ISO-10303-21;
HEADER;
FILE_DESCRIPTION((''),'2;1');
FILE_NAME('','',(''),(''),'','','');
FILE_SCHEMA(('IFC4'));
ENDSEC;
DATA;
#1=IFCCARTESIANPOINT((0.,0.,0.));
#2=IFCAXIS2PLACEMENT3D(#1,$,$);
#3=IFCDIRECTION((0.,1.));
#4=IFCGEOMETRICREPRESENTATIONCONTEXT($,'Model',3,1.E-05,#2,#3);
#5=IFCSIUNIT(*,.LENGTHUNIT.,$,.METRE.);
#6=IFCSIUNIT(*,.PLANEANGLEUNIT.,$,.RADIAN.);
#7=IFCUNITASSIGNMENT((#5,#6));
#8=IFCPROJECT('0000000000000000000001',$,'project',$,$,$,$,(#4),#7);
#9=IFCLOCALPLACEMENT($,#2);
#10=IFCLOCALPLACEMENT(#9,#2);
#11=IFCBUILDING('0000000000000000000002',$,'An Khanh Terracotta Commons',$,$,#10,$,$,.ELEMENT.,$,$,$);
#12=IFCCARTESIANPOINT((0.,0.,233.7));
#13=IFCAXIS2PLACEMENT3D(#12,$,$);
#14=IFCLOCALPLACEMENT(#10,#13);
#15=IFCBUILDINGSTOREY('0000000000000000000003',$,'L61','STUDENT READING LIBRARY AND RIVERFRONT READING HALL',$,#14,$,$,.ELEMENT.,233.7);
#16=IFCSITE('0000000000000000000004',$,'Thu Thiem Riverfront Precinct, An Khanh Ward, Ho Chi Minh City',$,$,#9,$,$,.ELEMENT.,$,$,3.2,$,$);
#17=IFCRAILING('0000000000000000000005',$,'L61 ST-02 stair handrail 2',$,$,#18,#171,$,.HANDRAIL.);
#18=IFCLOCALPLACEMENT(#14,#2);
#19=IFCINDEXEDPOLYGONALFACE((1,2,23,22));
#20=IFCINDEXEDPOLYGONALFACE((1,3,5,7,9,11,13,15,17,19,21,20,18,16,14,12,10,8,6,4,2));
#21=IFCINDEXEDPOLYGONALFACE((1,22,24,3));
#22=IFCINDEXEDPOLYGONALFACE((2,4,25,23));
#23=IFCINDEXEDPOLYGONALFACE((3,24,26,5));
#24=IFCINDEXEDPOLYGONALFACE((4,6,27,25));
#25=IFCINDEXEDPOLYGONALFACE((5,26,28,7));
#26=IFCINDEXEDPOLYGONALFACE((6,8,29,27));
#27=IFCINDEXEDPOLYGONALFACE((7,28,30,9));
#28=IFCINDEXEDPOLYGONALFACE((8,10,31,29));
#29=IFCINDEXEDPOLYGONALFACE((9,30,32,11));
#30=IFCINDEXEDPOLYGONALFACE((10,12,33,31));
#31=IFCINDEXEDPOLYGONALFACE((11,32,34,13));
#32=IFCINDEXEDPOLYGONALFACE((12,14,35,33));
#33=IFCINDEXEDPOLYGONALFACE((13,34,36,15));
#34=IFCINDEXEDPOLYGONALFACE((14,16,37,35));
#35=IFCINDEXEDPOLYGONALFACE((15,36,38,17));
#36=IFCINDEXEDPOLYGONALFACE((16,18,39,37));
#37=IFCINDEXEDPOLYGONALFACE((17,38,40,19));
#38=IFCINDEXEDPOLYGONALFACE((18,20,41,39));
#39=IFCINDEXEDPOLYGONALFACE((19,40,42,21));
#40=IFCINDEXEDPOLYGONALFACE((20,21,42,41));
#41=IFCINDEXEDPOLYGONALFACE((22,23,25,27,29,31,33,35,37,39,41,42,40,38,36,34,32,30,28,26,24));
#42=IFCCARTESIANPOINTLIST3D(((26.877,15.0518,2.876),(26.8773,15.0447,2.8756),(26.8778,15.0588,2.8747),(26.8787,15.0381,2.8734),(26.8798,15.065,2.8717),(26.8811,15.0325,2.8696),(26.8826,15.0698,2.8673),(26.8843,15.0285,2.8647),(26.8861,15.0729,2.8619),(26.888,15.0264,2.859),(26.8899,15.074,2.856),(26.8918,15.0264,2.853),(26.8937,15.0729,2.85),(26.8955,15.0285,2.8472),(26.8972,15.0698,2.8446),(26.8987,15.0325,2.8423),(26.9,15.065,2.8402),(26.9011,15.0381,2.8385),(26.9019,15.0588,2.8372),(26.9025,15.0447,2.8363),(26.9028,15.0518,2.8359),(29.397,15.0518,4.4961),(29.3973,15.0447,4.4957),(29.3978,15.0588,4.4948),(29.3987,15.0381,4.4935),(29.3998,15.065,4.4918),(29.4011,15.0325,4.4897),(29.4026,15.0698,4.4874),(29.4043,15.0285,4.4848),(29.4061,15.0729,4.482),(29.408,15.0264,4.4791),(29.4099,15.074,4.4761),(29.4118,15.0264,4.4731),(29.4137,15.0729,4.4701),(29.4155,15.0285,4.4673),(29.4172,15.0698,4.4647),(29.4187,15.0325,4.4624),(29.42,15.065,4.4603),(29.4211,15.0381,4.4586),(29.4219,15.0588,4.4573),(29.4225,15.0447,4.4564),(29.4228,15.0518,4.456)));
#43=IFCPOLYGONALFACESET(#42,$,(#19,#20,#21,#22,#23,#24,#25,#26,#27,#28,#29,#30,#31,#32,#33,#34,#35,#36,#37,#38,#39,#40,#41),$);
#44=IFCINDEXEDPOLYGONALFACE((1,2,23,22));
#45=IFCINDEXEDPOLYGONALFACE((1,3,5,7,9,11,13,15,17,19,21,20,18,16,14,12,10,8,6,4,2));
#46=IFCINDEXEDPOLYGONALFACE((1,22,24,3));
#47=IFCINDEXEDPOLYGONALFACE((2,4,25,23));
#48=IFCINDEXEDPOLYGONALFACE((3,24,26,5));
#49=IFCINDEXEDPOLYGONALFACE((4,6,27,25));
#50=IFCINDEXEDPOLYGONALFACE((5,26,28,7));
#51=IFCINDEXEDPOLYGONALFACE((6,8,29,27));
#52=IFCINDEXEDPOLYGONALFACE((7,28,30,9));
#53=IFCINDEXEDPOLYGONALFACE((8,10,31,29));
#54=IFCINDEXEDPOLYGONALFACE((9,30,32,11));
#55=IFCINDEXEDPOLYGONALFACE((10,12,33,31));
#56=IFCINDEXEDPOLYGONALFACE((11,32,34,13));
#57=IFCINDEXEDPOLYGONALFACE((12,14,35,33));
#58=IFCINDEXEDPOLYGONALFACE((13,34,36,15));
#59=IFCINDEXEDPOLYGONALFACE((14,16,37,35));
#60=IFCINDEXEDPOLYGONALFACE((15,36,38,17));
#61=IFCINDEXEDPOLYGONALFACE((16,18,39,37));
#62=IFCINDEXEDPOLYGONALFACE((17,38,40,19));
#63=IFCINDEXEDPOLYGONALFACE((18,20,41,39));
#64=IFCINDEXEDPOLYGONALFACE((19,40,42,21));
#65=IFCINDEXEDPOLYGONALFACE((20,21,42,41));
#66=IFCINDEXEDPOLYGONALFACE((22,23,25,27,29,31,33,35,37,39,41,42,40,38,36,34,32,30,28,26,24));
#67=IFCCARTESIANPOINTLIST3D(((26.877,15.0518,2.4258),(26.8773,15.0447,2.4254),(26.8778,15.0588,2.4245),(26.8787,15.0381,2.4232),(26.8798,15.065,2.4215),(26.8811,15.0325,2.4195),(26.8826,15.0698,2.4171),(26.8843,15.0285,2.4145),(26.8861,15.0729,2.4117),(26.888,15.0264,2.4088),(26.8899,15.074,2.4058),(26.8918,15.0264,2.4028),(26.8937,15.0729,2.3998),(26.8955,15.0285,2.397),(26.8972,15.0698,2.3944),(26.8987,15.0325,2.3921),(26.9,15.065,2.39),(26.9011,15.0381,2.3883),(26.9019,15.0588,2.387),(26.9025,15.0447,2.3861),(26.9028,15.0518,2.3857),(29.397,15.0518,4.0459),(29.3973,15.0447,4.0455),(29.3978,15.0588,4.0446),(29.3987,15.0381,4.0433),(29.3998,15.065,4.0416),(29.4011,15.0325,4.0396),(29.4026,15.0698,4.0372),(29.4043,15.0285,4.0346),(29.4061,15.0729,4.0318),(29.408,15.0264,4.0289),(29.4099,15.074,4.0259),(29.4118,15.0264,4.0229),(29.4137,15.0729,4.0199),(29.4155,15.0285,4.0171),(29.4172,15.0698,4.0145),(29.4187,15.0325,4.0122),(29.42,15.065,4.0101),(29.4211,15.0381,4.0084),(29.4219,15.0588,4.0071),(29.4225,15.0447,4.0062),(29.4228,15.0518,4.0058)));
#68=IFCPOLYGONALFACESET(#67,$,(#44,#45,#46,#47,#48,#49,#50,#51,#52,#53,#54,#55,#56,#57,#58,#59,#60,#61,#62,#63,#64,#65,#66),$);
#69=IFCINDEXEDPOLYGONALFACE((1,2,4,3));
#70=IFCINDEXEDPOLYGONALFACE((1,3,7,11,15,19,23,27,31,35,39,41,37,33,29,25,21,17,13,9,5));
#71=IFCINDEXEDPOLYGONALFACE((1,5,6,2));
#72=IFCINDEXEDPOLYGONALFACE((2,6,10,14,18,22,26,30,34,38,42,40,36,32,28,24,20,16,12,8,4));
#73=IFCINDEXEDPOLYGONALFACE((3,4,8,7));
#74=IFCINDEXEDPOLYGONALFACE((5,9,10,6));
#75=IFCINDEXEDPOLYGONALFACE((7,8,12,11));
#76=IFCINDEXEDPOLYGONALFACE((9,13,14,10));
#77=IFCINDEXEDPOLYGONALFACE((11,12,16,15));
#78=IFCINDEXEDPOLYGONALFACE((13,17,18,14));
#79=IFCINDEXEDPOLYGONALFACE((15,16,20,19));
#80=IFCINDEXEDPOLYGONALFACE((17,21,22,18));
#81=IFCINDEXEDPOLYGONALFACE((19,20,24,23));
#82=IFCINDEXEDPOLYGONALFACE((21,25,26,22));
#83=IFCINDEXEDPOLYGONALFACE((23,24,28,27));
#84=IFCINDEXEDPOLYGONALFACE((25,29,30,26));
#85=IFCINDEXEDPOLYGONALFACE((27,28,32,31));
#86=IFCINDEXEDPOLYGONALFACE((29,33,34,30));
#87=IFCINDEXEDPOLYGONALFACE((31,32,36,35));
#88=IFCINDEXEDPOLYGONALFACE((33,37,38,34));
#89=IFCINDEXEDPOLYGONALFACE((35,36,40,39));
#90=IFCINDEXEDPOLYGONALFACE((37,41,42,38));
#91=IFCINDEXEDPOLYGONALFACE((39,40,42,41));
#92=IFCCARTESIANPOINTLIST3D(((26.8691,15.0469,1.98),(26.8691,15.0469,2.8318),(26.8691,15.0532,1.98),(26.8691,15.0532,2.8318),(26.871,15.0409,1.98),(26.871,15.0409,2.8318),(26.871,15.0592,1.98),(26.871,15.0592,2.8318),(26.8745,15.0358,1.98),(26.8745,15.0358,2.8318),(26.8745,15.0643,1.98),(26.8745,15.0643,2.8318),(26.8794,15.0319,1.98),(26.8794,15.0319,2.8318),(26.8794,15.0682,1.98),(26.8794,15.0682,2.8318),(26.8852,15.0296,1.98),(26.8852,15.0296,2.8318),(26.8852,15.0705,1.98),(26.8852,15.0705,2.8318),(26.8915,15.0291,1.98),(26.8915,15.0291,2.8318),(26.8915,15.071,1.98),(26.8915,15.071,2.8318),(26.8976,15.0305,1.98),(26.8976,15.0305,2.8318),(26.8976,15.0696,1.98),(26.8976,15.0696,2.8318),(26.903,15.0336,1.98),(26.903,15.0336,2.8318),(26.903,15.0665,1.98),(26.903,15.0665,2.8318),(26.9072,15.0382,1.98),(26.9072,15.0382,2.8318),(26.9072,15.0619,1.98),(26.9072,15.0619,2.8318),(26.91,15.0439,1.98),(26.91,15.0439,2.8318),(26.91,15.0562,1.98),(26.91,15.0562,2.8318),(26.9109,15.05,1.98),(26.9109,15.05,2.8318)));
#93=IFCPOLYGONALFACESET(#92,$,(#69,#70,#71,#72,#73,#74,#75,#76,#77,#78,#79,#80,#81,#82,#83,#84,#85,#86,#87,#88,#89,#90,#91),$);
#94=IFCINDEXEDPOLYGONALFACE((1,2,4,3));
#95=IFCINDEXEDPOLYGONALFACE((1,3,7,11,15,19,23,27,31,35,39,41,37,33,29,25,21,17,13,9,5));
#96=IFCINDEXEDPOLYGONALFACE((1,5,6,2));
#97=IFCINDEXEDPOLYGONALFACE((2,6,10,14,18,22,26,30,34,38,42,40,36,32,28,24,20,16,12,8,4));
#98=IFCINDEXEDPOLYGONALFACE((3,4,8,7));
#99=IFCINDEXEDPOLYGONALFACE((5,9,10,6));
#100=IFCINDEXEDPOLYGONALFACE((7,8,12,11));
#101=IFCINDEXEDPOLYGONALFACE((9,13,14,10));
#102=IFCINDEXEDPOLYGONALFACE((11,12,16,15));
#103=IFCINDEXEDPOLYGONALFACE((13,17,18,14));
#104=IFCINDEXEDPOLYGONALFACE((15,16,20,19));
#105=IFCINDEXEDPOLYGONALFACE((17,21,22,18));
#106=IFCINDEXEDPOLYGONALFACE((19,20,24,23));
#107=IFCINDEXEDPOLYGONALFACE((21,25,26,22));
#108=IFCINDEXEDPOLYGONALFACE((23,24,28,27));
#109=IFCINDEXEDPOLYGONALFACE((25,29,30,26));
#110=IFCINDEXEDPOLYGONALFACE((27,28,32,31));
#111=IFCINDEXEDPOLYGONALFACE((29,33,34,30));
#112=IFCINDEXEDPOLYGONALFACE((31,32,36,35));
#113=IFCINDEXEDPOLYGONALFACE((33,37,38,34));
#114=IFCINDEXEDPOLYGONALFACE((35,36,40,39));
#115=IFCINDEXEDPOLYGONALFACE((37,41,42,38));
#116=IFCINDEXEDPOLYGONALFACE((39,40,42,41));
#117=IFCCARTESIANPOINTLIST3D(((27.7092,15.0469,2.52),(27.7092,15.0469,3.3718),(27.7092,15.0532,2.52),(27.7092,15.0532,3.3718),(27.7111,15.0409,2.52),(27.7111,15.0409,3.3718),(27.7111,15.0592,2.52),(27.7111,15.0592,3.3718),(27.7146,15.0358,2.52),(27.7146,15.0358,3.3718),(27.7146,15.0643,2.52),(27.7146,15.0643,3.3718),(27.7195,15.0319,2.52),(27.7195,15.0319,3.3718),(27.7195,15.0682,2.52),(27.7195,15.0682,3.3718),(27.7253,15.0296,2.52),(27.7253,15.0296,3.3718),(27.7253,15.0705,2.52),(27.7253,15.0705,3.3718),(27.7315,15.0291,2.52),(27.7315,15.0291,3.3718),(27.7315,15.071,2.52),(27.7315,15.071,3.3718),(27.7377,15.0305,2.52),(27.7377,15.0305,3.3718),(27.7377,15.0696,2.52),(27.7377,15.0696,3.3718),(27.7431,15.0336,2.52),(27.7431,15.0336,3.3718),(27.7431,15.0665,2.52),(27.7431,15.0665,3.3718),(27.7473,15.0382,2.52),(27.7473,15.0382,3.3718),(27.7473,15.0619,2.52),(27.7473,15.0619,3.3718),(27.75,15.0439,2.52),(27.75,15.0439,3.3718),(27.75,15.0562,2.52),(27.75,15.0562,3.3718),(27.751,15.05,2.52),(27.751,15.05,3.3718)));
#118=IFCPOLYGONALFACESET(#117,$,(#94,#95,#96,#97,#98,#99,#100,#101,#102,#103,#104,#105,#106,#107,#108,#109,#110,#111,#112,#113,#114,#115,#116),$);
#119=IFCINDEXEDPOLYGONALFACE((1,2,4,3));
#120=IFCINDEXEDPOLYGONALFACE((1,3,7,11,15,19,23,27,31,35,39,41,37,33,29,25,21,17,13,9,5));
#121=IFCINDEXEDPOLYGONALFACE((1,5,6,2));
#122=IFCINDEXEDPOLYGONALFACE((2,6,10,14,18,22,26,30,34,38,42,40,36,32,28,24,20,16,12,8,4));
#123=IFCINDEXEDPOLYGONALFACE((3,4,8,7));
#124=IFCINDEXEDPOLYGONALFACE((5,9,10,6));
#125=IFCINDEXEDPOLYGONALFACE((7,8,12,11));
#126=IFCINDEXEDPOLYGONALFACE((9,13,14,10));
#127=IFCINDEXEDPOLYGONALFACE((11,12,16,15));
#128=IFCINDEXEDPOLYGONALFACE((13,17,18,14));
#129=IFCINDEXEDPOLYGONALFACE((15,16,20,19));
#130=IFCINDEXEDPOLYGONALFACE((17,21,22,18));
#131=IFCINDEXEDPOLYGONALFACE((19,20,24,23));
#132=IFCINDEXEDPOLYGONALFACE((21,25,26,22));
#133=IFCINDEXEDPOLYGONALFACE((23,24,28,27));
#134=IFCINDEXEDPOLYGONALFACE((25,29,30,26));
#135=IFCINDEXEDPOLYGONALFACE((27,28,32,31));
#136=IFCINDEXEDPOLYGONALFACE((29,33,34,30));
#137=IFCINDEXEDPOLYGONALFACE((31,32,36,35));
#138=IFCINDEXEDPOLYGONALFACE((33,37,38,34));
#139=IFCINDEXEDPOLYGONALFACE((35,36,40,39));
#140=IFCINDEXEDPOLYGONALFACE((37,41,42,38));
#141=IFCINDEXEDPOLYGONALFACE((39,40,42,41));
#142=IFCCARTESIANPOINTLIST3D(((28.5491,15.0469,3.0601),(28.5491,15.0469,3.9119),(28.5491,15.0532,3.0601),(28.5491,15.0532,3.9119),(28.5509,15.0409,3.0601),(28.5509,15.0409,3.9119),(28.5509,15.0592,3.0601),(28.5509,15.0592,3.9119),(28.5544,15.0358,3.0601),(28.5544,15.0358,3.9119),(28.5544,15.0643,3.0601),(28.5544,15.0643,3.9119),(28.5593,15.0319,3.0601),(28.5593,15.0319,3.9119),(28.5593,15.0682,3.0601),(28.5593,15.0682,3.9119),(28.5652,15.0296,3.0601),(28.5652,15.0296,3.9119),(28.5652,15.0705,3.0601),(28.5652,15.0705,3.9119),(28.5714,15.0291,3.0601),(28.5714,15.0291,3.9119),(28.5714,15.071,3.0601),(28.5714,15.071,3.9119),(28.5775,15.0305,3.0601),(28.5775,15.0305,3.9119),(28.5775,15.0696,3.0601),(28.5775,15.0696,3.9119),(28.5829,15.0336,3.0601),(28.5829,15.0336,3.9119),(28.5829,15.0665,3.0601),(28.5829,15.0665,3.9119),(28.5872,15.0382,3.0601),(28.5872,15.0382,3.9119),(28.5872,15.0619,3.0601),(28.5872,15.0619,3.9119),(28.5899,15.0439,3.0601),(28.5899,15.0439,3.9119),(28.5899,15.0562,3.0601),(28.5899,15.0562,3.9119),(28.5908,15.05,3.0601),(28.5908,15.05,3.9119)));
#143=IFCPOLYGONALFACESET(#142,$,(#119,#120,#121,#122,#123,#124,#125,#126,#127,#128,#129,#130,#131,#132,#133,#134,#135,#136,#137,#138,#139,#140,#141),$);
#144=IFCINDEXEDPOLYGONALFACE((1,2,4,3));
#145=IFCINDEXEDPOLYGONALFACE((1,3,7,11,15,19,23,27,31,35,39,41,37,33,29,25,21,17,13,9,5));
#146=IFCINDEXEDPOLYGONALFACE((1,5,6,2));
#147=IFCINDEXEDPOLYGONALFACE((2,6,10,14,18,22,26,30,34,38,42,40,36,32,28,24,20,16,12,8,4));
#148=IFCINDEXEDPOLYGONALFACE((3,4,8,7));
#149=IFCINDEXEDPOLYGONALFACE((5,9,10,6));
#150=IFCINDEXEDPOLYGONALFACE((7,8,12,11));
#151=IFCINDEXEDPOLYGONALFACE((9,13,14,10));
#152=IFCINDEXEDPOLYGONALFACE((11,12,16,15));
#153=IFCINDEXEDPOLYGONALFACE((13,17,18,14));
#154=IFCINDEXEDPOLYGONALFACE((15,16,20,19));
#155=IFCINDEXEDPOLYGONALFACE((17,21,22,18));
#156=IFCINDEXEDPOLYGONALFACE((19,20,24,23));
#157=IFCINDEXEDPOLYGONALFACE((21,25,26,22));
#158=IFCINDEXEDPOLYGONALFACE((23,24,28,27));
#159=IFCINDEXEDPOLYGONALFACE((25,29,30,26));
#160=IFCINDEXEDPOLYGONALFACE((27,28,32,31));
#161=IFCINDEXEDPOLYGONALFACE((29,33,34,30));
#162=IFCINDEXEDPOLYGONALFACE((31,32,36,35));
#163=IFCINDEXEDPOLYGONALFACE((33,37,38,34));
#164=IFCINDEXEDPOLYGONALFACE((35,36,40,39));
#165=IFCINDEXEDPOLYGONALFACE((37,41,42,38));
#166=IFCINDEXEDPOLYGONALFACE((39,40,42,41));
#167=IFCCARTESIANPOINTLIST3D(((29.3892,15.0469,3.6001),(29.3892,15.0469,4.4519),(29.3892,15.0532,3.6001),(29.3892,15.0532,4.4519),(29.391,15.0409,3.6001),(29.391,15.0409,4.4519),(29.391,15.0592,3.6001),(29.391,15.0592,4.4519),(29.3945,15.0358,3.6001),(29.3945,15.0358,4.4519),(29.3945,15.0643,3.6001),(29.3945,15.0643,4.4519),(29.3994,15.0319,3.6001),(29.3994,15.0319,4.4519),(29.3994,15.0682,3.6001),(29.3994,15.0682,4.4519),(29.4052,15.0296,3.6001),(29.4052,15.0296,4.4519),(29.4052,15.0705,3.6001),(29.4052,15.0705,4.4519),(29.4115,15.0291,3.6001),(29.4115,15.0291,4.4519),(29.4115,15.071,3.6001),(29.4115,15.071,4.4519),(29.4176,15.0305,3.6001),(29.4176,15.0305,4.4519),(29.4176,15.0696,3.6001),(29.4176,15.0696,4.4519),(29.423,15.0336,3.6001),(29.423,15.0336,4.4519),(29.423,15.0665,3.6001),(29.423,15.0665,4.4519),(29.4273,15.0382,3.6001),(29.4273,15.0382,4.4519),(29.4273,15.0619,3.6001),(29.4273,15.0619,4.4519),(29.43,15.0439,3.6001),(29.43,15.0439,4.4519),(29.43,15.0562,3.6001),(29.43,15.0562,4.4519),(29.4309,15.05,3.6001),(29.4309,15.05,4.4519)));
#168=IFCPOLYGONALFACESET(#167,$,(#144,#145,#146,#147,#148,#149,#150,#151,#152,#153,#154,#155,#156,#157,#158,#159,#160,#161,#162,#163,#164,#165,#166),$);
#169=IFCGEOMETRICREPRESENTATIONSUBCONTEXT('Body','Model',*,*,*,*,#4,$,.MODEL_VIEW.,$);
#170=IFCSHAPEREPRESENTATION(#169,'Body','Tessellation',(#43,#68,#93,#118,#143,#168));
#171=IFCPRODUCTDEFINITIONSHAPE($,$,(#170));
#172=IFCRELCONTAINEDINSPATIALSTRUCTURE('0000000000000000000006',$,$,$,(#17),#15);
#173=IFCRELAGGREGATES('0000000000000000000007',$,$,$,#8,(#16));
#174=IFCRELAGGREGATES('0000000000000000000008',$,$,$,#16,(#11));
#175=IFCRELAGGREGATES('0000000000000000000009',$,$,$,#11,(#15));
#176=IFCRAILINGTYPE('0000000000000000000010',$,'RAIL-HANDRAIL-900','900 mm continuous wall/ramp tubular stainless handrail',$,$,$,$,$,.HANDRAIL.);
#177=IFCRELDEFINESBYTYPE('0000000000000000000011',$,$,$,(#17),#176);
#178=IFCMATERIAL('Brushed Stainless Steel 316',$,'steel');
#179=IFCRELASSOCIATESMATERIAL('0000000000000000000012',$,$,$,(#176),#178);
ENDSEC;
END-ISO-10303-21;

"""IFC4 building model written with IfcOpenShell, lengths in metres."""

from ifc_helpers import new_model, si_unit, direction, frame, origin, origin_2d, place, context, subcontext, project, spatial, circle, extrude, material, type_object, element, save


model = new_model("IFC4")

# Units and contexts
model_context = context("Model", 3, precision=1e-05, world=origin(), true_north=direction((0.0, 1.0)))
body_context = subcontext(model_context, "Body", "Model", "MODEL_VIEW")
ifc_project = project(units=[si_unit("LENGTHUNIT", "METRE"), si_unit("PLANEANGLEUNIT", "RADIAN")], contexts=[model_context])

# Site, building, storey
site_placement = place(None, origin())
site = spatial("IfcSite", under=ifc_project, at=site_placement, Name="Thu Thiem Riverfront Precinct, An Khanh Ward, Ho Chi Minh City", CompositionType="ELEMENT", RefElevation=3.2)
building_placement = place(site_placement, origin())
building = spatial("IfcBuilding", under=site, at=building_placement, Name="An Khanh Terracotta Commons", CompositionType="ELEMENT")
storey_placement = place(building_placement, frame((0.0, 0.0, 233.7)))
storey = spatial("IfcBuildingStorey", under=building, at=storey_placement, Name="L61", Description="STUDENT READING LIBRARY AND RIVERFRONT READING HALL", CompositionType="ELEMENT", Elevation=233.7)

# Railing
ifc_material_1 = material(Name="Brushed Stainless Steel 316", Category="steel")
railing_type_1 = type_object("IfcRailingType", Name="RAIL-HANDRAIL-900", Description="900 mm continuous wall/ramp tubular stainless handrail", PredefinedType="HANDRAIL", material=ifc_material_1)
railing_1_placement = place(storey_placement, frame((26.8899, 15.05, 1.98)))
element("IfcRailing", 1, at=railing_1_placement, inside=storey, type_object=railing_type_1, Name="L61 ST-02 stair handrail 2", PredefinedType="HANDRAIL", context=body_context, shape_type="SweptSolid", body=[
    extrude(circle(Radius=0.0239, at=origin_2d()), frame((0.0, 0.0, 0.876), z_axis=(0.841163, 0.0, 0.540782), x_axis=(0.0, 1.0, 0.0)), (0.0, 0.0, 1.0), 2.9958),
    extrude(circle(Radius=0.0239, at=origin_2d()), frame((0.0, 0.0, 0.4258), z_axis=(0.841163, 0.0, 0.540782), x_axis=(0.0, 1.0, 0.0)), (0.0, 0.0, 1.0), 2.9958),
    extrude(circle(Radius=0.021, at=origin_2d()), origin(), (0.0, 0.0, 1.0), 0.8518),
    extrude(circle(Radius=0.021, at=origin_2d()), frame((0.8401, 0.0, 0.54)), (0.0, 0.0, 1.0), 0.8518),
    extrude(circle(Radius=0.021, at=origin_2d()), frame((1.6799, 0.0, 1.0801)), (0.0, 0.0, 1.0), 0.8518),
    extrude(circle(Radius=0.021, at=origin_2d()), frame((2.52, 0.0, 1.6201)), (0.0, 0.0, 1.0), 0.8518),
])

save(model, "model.ifc")
